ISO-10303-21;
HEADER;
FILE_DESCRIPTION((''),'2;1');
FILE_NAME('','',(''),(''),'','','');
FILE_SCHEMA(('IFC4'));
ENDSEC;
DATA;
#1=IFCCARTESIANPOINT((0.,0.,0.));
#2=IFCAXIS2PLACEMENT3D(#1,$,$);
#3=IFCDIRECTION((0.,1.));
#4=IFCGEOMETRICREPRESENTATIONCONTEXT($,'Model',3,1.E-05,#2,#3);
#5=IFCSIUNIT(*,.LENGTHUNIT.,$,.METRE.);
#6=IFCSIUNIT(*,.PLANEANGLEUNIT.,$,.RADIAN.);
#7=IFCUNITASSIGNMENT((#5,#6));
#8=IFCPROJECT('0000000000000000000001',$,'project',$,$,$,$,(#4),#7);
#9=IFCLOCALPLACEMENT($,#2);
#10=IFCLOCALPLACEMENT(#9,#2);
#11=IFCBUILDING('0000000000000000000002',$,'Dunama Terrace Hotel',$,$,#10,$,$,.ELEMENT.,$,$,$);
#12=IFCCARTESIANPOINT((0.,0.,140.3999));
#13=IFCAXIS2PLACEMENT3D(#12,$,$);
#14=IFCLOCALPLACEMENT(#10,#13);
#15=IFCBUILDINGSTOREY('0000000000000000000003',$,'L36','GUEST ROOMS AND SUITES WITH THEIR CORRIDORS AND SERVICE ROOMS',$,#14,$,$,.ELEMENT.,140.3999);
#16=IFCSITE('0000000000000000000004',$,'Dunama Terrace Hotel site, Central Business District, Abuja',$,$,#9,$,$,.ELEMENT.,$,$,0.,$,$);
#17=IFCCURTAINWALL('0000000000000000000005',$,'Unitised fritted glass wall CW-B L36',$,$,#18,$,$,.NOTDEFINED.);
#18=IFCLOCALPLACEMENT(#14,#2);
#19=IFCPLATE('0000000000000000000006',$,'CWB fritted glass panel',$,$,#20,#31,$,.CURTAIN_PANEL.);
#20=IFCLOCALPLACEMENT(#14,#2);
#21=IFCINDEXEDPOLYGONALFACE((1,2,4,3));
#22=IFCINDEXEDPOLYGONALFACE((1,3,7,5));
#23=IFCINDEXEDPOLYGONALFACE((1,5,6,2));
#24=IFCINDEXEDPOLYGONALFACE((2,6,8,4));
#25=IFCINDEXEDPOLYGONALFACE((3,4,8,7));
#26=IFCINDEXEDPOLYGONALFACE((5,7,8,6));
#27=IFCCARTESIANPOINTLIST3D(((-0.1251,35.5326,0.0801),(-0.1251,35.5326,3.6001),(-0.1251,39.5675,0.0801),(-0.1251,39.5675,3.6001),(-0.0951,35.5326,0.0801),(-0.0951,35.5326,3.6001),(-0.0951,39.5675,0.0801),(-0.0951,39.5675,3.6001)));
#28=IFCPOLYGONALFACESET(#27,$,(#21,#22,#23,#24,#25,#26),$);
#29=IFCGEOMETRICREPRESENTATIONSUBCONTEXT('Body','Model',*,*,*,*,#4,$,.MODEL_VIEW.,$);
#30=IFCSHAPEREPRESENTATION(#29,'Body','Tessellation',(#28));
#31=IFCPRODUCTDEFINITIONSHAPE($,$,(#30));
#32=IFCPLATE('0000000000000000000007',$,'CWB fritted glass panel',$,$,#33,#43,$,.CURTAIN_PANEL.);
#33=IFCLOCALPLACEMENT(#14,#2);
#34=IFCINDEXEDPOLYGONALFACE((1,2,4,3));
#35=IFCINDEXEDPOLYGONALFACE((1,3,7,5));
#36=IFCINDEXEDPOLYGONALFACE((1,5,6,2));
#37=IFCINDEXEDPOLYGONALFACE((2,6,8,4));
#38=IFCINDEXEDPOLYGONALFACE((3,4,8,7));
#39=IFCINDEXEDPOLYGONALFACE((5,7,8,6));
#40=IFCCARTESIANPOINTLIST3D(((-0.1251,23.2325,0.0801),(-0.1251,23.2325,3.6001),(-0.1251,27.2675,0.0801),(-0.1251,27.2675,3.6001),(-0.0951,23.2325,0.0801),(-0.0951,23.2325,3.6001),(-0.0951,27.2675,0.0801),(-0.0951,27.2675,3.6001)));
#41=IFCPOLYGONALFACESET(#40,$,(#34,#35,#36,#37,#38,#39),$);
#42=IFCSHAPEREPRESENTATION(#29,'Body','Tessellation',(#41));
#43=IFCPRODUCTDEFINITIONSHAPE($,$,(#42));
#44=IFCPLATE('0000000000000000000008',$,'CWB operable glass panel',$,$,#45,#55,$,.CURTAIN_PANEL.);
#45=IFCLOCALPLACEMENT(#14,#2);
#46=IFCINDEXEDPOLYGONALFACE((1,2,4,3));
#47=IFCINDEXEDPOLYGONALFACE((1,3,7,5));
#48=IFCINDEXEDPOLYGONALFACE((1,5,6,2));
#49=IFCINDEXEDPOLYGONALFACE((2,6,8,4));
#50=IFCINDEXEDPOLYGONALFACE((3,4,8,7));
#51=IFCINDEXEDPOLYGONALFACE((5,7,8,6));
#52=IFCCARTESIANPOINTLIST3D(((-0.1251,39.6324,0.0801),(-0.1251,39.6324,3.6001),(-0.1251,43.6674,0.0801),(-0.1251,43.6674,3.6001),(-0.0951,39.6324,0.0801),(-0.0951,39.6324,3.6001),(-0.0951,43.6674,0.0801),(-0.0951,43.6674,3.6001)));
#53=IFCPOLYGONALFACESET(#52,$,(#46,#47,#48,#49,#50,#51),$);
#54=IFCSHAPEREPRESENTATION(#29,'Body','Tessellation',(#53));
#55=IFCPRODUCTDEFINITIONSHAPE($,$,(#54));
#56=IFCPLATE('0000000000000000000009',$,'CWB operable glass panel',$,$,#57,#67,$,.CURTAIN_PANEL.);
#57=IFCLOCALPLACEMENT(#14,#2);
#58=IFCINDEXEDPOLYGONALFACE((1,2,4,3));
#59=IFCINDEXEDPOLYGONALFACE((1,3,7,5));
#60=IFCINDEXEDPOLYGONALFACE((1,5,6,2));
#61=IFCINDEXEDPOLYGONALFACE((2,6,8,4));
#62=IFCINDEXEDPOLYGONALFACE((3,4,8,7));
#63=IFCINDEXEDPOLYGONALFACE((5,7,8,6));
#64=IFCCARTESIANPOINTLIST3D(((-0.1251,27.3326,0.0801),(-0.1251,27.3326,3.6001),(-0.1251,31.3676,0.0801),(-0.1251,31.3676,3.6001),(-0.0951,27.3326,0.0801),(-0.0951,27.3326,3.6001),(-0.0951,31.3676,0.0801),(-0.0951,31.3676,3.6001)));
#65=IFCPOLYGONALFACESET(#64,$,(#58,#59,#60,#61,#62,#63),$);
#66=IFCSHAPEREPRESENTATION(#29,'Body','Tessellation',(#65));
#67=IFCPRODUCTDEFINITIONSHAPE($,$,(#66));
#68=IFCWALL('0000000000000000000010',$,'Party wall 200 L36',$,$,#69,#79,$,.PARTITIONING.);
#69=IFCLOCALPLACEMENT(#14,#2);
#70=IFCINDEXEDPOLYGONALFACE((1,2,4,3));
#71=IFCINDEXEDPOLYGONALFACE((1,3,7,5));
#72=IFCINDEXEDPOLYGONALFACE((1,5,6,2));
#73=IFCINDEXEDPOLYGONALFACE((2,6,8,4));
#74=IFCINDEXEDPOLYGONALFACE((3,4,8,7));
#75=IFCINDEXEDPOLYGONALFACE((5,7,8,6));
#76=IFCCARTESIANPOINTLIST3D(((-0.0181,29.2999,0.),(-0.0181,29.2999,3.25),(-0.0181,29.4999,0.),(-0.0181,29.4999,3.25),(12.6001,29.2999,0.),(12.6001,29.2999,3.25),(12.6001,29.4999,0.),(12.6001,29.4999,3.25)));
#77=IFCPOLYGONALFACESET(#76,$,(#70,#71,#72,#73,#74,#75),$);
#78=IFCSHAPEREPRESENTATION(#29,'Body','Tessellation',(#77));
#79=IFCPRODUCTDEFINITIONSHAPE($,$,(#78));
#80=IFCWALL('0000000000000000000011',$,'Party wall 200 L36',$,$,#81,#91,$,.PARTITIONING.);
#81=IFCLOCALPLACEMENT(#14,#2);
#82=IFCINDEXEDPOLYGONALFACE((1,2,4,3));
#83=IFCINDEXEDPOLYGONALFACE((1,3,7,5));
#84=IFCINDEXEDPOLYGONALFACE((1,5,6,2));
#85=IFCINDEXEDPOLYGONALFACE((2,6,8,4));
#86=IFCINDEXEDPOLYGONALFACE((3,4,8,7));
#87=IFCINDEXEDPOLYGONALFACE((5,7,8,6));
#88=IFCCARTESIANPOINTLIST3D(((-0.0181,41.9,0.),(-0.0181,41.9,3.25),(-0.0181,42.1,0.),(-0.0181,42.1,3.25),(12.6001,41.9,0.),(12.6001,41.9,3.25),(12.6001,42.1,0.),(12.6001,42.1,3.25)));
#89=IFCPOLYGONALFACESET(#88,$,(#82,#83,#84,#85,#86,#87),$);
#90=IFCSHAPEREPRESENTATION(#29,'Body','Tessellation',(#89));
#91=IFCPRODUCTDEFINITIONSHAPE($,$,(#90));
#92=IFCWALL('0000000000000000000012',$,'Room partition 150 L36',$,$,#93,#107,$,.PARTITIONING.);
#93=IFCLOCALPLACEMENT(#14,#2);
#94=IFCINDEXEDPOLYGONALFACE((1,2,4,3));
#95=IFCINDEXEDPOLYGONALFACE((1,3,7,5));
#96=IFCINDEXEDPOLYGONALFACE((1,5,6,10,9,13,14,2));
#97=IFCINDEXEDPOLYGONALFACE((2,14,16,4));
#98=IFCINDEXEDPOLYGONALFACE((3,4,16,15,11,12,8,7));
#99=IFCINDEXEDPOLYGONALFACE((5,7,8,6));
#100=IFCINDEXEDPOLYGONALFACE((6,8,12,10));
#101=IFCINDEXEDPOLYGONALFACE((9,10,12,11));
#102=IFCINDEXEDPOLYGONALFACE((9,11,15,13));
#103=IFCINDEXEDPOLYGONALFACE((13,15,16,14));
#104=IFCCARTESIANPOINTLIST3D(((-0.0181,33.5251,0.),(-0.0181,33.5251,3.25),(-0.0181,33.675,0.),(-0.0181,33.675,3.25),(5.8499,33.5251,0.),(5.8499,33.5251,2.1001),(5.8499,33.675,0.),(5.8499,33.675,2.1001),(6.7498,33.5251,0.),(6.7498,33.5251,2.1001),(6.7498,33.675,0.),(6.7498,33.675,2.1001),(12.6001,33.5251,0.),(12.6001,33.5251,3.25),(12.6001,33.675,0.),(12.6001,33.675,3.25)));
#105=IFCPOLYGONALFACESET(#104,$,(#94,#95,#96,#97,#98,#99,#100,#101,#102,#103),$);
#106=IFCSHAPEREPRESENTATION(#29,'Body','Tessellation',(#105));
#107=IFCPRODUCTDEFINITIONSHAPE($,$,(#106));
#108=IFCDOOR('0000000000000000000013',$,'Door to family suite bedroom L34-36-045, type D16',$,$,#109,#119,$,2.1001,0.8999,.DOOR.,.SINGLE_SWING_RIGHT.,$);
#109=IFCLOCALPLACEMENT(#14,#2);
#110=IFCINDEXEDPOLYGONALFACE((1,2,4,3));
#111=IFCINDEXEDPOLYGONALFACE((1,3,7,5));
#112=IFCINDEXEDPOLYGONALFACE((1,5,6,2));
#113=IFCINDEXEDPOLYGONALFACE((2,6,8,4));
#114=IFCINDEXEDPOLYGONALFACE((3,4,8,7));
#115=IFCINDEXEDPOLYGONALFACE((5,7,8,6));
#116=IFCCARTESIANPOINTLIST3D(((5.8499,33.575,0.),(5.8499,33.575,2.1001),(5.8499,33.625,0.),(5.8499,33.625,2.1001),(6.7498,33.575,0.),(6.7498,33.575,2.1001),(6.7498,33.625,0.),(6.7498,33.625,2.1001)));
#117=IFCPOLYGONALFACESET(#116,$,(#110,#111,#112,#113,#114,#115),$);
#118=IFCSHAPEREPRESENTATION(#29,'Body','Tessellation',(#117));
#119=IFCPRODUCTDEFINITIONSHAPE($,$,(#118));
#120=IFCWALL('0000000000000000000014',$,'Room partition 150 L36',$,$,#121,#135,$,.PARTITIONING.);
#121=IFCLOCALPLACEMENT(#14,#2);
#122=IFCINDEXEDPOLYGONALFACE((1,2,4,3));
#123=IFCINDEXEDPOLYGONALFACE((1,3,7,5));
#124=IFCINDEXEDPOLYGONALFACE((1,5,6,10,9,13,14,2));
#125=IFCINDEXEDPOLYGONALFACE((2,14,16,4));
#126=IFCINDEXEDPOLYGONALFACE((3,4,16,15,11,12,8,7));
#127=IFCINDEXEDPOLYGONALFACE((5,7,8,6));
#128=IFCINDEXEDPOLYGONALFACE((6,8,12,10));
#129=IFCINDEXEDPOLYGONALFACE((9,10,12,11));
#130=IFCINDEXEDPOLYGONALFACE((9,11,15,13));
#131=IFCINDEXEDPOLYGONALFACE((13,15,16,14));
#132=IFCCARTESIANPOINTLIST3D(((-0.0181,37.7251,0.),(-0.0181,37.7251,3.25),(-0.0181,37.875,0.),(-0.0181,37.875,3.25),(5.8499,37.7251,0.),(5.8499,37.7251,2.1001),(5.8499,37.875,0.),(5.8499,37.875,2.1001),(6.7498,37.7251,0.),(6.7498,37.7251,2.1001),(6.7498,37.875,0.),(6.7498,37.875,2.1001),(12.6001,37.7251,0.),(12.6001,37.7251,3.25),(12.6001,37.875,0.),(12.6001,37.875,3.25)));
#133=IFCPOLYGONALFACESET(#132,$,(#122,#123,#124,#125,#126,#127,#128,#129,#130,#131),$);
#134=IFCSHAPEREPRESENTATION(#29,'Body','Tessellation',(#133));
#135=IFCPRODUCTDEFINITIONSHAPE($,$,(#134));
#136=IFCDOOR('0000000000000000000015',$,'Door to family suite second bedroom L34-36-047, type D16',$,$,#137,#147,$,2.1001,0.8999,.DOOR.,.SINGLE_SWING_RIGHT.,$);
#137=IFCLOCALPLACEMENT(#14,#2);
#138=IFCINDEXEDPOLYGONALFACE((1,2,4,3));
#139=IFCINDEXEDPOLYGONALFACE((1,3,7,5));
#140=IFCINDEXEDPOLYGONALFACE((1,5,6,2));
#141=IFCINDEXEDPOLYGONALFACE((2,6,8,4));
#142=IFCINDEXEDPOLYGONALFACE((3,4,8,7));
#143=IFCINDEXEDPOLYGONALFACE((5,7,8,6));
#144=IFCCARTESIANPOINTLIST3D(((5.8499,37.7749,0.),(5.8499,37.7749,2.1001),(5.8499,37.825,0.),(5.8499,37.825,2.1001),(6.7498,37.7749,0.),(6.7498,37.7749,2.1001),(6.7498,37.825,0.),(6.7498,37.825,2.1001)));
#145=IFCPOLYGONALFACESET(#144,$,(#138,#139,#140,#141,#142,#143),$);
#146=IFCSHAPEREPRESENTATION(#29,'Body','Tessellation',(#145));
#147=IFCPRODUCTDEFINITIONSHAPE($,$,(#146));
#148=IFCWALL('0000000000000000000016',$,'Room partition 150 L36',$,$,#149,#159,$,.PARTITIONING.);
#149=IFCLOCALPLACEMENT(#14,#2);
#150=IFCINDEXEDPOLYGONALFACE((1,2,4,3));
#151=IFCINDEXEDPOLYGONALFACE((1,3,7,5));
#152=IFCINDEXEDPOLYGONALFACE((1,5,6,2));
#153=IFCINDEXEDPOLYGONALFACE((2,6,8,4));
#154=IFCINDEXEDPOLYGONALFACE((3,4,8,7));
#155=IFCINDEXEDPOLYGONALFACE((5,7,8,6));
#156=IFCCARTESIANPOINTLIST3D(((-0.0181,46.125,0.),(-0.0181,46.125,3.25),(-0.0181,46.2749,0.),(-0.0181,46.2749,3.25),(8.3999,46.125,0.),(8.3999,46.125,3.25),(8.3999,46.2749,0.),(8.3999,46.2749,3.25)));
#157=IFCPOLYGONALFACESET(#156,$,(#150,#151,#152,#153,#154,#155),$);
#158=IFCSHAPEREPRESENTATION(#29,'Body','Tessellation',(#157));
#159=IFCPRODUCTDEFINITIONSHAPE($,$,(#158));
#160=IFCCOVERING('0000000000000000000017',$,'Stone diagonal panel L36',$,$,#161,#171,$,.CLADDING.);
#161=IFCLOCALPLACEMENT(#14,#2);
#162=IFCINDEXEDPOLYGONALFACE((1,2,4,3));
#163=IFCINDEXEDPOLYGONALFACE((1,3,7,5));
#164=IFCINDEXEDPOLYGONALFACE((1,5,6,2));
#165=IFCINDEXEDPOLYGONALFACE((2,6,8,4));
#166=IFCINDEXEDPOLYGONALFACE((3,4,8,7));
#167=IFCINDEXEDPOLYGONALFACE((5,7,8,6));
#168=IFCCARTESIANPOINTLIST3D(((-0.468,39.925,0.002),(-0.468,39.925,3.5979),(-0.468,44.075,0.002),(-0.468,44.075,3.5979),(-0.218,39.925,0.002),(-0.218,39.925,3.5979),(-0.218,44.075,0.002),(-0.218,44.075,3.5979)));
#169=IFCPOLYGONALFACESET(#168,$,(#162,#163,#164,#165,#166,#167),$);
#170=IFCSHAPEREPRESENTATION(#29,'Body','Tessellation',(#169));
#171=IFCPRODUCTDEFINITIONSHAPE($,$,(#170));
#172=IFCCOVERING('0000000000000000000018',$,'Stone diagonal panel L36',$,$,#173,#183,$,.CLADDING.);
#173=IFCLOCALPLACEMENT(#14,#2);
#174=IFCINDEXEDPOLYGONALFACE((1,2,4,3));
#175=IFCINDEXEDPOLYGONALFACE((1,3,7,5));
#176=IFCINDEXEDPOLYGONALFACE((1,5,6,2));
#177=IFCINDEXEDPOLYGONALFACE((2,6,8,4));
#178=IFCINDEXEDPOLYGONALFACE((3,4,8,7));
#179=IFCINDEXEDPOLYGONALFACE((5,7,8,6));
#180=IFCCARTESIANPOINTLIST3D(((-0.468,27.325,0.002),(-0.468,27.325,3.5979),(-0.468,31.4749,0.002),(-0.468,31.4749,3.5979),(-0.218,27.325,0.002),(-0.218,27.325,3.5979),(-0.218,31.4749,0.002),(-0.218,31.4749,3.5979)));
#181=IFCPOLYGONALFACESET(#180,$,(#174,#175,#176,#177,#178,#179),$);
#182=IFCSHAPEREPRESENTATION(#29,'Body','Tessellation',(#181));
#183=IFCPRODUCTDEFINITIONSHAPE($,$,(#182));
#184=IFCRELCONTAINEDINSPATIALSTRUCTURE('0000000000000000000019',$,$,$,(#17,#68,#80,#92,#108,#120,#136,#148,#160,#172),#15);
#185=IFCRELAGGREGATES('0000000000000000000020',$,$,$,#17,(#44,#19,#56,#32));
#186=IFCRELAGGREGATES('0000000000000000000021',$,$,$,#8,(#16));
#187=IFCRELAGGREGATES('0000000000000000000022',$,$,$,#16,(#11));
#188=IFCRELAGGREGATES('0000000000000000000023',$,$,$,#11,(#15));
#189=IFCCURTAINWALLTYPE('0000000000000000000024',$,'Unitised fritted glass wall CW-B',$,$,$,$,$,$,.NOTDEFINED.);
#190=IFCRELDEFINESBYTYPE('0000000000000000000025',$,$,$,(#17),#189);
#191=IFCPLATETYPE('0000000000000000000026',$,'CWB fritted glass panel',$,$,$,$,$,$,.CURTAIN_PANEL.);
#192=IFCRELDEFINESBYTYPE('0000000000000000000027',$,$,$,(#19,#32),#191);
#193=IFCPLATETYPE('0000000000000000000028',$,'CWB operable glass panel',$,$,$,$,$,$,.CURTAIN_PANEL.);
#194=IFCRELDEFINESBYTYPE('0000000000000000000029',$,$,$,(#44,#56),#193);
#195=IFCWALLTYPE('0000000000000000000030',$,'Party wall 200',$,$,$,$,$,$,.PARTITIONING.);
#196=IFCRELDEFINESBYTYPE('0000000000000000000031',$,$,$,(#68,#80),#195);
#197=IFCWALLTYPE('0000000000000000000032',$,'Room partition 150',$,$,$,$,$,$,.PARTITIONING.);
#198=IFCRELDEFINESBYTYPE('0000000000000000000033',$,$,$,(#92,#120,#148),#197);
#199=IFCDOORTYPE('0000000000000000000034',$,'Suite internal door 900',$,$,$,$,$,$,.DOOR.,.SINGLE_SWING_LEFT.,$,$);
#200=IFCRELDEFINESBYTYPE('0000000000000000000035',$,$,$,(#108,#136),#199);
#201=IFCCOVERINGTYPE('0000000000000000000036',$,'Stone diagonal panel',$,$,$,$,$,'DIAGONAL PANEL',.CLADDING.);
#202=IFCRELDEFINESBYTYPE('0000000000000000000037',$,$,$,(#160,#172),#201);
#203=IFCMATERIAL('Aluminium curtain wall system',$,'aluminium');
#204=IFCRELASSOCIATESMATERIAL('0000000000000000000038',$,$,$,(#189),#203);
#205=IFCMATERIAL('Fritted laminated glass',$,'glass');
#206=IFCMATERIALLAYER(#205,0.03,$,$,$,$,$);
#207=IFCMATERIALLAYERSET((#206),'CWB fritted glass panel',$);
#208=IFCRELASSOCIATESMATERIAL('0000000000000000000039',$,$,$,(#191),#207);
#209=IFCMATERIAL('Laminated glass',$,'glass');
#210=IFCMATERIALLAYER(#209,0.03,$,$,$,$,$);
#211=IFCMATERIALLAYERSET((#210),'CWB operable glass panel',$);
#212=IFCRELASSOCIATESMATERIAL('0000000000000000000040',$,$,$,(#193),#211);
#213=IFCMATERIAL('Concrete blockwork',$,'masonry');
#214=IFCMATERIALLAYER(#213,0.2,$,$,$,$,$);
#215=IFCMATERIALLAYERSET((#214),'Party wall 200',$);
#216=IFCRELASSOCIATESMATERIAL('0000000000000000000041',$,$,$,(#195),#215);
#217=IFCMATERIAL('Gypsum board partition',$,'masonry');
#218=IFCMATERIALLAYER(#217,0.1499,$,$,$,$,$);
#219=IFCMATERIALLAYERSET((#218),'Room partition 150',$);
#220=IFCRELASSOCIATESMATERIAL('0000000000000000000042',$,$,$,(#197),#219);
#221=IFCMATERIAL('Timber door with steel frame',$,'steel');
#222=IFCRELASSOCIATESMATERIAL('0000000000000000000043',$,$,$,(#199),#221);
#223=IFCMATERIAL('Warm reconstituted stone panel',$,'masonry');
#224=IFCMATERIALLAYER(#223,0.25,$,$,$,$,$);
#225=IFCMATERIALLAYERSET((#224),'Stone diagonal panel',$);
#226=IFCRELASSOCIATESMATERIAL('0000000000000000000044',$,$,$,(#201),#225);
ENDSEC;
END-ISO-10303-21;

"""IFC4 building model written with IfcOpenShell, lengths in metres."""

from ifc_helpers import new_model, si_unit, direction, frame, frame_2d, origin, origin_2d, place, context, subcontext, project, spatial, rectangle, extrude, material, layer, layer_set, type_object, element, fill, aggregate, save


model = new_model("IFC4")

# Units and contexts
model_context = context("Model", 3, precision=1e-05, world=origin(), true_north=direction((0.0, 1.0)))
body_context = subcontext(model_context, "Body", "Model", "MODEL_VIEW")
ifc_project = project(units=[si_unit("LENGTHUNIT", "METRE"), si_unit("PLANEANGLEUNIT", "RADIAN")], contexts=[model_context])

# Site, building, storey
site_placement = place(None, origin())
site = spatial("IfcSite", under=ifc_project, at=site_placement, Name="Dunama Terrace Hotel site, Central Business District, Abuja", CompositionType="ELEMENT", RefElevation=0.0)
building_placement = place(site_placement, origin())
building = spatial("IfcBuilding", under=site, at=building_placement, Name="Dunama Terrace Hotel", CompositionType="ELEMENT")
storey_placement = place(building_placement, frame((0.0, 0.0, 140.3999)))
storey = spatial("IfcBuildingStorey", under=building, at=storey_placement, Name="L36", Description="GUEST ROOMS AND SUITES WITH THEIR CORRIDORS AND SERVICE ROOMS", CompositionType="ELEMENT", Elevation=140.3999)

# Curtain wall
ifc_material_1 = material(Name="Aluminium curtain wall system", Category="aluminium")
curtain_wall_type = type_object("IfcCurtainWallType", Name="Unitised fritted glass wall CW-B", PredefinedType="NOTDEFINED", material=ifc_material_1)
curtain_wall_placement = place(storey_placement, origin())
curtain_wall = element("IfcCurtainWall", 1, at=curtain_wall_placement, inside=storey, type_object=curtain_wall_type, Name="Unitised fritted glass wall CW-B L36", PredefinedType="NOTDEFINED")

# Plates
ifc_material_2 = material(Name="Fritted laminated glass", Category="glass")
ifc_layer_1 = layer(ifc_material_2, 0.03)
ifc_layer_set_1 = layer_set([ifc_layer_1], Name="CWB fritted glass panel")
plate_type_1 = type_object("IfcPlateType", Name="CWB fritted glass panel", PredefinedType="CURTAIN_PANEL", material=ifc_layer_set_1)
plate_1_placement = place(storey_placement, frame((-0.1101, 37.55, 0.0801), z_axis=(0.0, 0.0, 1.0), x_axis=(0.0, -1.0, 0.0)))
plate_1 = element("IfcPlate", 2, at=plate_1_placement, type_object=plate_type_1, Name="CWB fritted glass panel", PredefinedType="CURTAIN_PANEL", context=body_context, shape_type="SweptSolid", body=[
    extrude(rectangle(XDim=4.0349, YDim=0.03, at=origin_2d()), origin(), (0.0, 0.0, 1.0), 3.52),
])
plate_2_placement = place(storey_placement, frame((-0.1101, 25.25, 0.0801), z_axis=(0.0, 0.0, 1.0), x_axis=(0.0, -1.0, 0.0)))
plate_2 = element("IfcPlate", 3, at=plate_2_placement, type_object=plate_type_1, Name="CWB fritted glass panel", PredefinedType="CURTAIN_PANEL", context=body_context, shape_type="SweptSolid", body=[
    extrude(rectangle(XDim=4.0349, YDim=0.03, at=origin_2d()), origin(), (0.0, 0.0, 1.0), 3.52),
])
ifc_material_3 = material(Name="Laminated glass", Category="glass")
ifc_layer_2 = layer(ifc_material_3, 0.03)
ifc_layer_set_2 = layer_set([ifc_layer_2], Name="CWB operable glass panel")
plate_type_2 = type_object("IfcPlateType", Name="CWB operable glass panel", PredefinedType="CURTAIN_PANEL", material=ifc_layer_set_2)
plate_3_placement = place(storey_placement, frame((-0.1101, 41.6499, 0.0801), z_axis=(0.0, 0.0, 1.0), x_axis=(0.0, -1.0, 0.0)))
plate_3 = element("IfcPlate", 4, at=plate_3_placement, type_object=plate_type_2, Name="CWB operable glass panel", PredefinedType="CURTAIN_PANEL", context=body_context, shape_type="SweptSolid", body=[
    extrude(rectangle(XDim=4.0349, YDim=0.03, at=origin_2d()), origin(), (0.0, 0.0, 1.0), 3.52),
])
plate_4_placement = place(storey_placement, frame((-0.1101, 29.3501, 0.0801), z_axis=(0.0, 0.0, 1.0), x_axis=(0.0, -1.0, 0.0)))
plate_4 = element("IfcPlate", 5, at=plate_4_placement, type_object=plate_type_2, Name="CWB operable glass panel", PredefinedType="CURTAIN_PANEL", context=body_context, shape_type="SweptSolid", body=[
    extrude(rectangle(XDim=4.0349, YDim=0.03, at=origin_2d()), origin(), (0.0, 0.0, 1.0), 3.52),
])
aggregate(curtain_wall, [plate_3, plate_1, plate_4, plate_2])

# Walls
ifc_material_4 = material(Name="Concrete blockwork", Category="masonry")
ifc_layer_3 = layer(ifc_material_4, 0.2)
ifc_layer_set_3 = layer_set([ifc_layer_3], Name="Party wall 200")
wall_type_1 = type_object("IfcWallType", Name="Party wall 200", PredefinedType="PARTITIONING", material=ifc_layer_set_3)
for number, where, z_axis, x_axis, name in (
    (6, (-0.0181, 29.3999, 0.0), (0.0, 0.0, 1.0), (1.0, 0.0, 0.0), "Party wall 200 L36"),
    (7, (-0.0181, 42.0, 0.0), (0.0, 0.0, 1.0), (1.0, 0.0, 0.0), "Party wall 200 L36"),
):
    element("IfcWall", number, at=place(storey_placement, frame(where, z_axis=z_axis, x_axis=x_axis)), inside=storey, type_object=wall_type_1, Name=name, PredefinedType="PARTITIONING", context=body_context, shape_type="SweptSolid", body=[
        extrude(rectangle(XDim=12.6182, YDim=0.2, at=frame_2d((6.3091, 0.0))), origin(), (0.0, 0.0, 1.0), 3.25),
    ])

# Walls, openings, doors
ifc_material_5 = material(Name="Gypsum board partition", Category="masonry")
ifc_layer_4 = layer(ifc_material_5, 0.1499)
ifc_layer_set_4 = layer_set([ifc_layer_4], Name="Room partition 150")
wall_type_2 = type_object("IfcWallType", Name="Room partition 150", PredefinedType="PARTITIONING", material=ifc_layer_set_4)
wall_1_placement = place(storey_placement, frame((-0.0181, 33.6001, 0.0), z_axis=(0.0, 0.0, 1.0), x_axis=(1.0, 0.0, 0.0)))
wall_1 = element("IfcWall", 8, at=wall_1_placement, inside=storey, type_object=wall_type_2, Name="Room partition 150 L36", PredefinedType="PARTITIONING", context=body_context, shape_type="SweptSolid", body=[
    extrude(rectangle(XDim=12.6182, YDim=0.1499, at=frame_2d((6.3091, 0.0))), origin(), (0.0, 0.0, 1.0), 3.25),
])
opening_1_placement = place(wall_1_placement, frame((5.8679, 0.0, 0.0)))
opening_1 = element("IfcOpeningElement", 9, at=opening_1_placement, cuts=wall_1, PredefinedType="OPENING", context=body_context, shape_type="SweptSolid", body=[
    extrude(rectangle(XDim=0.8999, YDim=2.1001, at=frame_2d((0.45, 1.05))), frame((0.0, 0.085, 0.0), z_axis=(0.0, -1.0, 0.0), x_axis=(1.0, 0.0, 0.0)), (0.0, 0.0, 1.0), 0.1699),
])
ifc_material_6 = material(Name="Timber door with steel frame", Category="steel")
door_type = type_object("IfcDoorType", Name="Suite internal door 900", OperationType="SINGLE_SWING_LEFT", PredefinedType="DOOR", material=ifc_material_6)
door_1_placement = place(opening_1_placement, frame((0.8999, 0.0, 0.0), z_axis=(0.0, 0.0, 1.0), x_axis=(-1.0, 0.0, 0.0)))
door_1 = element("IfcDoor", 10, at=door_1_placement, inside=storey, type_object=door_type, Name="Door to family suite bedroom L34-36-045, type D16", OperationType="SINGLE_SWING_RIGHT", OverallHeight=2.1001, OverallWidth=0.8999, PredefinedType="DOOR", context=body_context, shape_type="SweptSolid", body=[
    extrude(rectangle(XDim=0.8999, YDim=2.1001, at=frame_2d((0.45, 1.05))), frame((0.0, 0.0251, 0.0), z_axis=(0.0, -1.0, 0.0), x_axis=(1.0, 0.0, 0.0)), (0.0, 0.0, 1.0), 0.05),
])
fill(opening_1, door_1)
wall_2_placement = place(storey_placement, frame((-0.0181, 37.8, 0.0), z_axis=(0.0, 0.0, 1.0), x_axis=(1.0, 0.0, 0.0)))
wall_2 = element("IfcWall", 11, at=wall_2_placement, inside=storey, type_object=wall_type_2, Name="Room partition 150 L36", PredefinedType="PARTITIONING", context=body_context, shape_type="SweptSolid", body=[
    extrude(rectangle(XDim=12.6182, YDim=0.1499, at=frame_2d((6.3091, 0.0))), origin(), (0.0, 0.0, 1.0), 3.25),
])
opening_2_placement = place(wall_2_placement, frame((5.8679, 0.0, 0.0)))
opening_2 = element("IfcOpeningElement", 12, at=opening_2_placement, cuts=wall_2, PredefinedType="OPENING", context=body_context, shape_type="SweptSolid", body=[
    extrude(rectangle(XDim=0.8999, YDim=2.1001, at=frame_2d((0.45, 1.05))), frame((0.0, 0.085, 0.0), z_axis=(0.0, -1.0, 0.0), x_axis=(1.0, 0.0, 0.0)), (0.0, 0.0, 1.0), 0.1699),
])
door_2_placement = place(opening_2_placement, origin())
door_2 = element("IfcDoor", 13, at=door_2_placement, inside=storey, type_object=door_type, Name="Door to family suite second bedroom L34-36-047, type D16", OperationType="SINGLE_SWING_RIGHT", OverallHeight=2.1001, OverallWidth=0.8999, PredefinedType="DOOR", context=body_context, shape_type="SweptSolid", body=[
    extrude(rectangle(XDim=0.8999, YDim=2.1001, at=frame_2d((0.45, 1.05))), frame((0.0, 0.0249, 0.0), z_axis=(0.0, -1.0, 0.0), x_axis=(1.0, 0.0, 0.0)), (0.0, 0.0, 1.0), 0.05),
])
fill(opening_2, door_2)

# Wall
wall_3_placement = place(storey_placement, frame((-0.0181, 46.2, 0.0), z_axis=(0.0, 0.0, 1.0), x_axis=(1.0, 0.0, 0.0)))
element("IfcWall", 14, at=wall_3_placement, inside=storey, type_object=wall_type_2, Name="Room partition 150 L36", PredefinedType="PARTITIONING", context=body_context, shape_type="SweptSolid", body=[
    extrude(rectangle(XDim=8.418, YDim=0.1499, at=frame_2d((4.209, 0.0))), origin(), (0.0, 0.0, 1.0), 3.25),
])

# Coverings
ifc_material_7 = material(Name="Warm reconstituted stone panel", Category="masonry")
ifc_layer_5 = layer(ifc_material_7, 0.25)
ifc_layer_set_5 = layer_set([ifc_layer_5], Name="Stone diagonal panel")
covering_type = type_object("IfcCoveringType", Name="Stone diagonal panel", ElementType="DIAGONAL PANEL", PredefinedType="CLADDING", material=ifc_layer_set_5)
for number, where, z_axis, x_axis, name in (
    (15, (-0.343, 42.0, 0.002), (0.0, 0.0, 1.0), (0.0, -1.0, 0.0), "Stone diagonal panel L36"),
    (16, (-0.343, 29.3999, 0.002), (0.0, 0.0, 1.0), (0.0, -1.0, 0.0), "Stone diagonal panel L36"),
):
    element("IfcCovering", number, at=place(storey_placement, frame(where, z_axis=z_axis, x_axis=x_axis)), inside=storey, type_object=covering_type, Name=name, PredefinedType="CLADDING", context=body_context, shape_type="SweptSolid", body=[
        extrude(rectangle(XDim=4.1499, YDim=0.25, at=origin_2d()), origin(), (0.0, 0.0, 1.0), 3.5959),
    ])

save(model, "model.ifc")
